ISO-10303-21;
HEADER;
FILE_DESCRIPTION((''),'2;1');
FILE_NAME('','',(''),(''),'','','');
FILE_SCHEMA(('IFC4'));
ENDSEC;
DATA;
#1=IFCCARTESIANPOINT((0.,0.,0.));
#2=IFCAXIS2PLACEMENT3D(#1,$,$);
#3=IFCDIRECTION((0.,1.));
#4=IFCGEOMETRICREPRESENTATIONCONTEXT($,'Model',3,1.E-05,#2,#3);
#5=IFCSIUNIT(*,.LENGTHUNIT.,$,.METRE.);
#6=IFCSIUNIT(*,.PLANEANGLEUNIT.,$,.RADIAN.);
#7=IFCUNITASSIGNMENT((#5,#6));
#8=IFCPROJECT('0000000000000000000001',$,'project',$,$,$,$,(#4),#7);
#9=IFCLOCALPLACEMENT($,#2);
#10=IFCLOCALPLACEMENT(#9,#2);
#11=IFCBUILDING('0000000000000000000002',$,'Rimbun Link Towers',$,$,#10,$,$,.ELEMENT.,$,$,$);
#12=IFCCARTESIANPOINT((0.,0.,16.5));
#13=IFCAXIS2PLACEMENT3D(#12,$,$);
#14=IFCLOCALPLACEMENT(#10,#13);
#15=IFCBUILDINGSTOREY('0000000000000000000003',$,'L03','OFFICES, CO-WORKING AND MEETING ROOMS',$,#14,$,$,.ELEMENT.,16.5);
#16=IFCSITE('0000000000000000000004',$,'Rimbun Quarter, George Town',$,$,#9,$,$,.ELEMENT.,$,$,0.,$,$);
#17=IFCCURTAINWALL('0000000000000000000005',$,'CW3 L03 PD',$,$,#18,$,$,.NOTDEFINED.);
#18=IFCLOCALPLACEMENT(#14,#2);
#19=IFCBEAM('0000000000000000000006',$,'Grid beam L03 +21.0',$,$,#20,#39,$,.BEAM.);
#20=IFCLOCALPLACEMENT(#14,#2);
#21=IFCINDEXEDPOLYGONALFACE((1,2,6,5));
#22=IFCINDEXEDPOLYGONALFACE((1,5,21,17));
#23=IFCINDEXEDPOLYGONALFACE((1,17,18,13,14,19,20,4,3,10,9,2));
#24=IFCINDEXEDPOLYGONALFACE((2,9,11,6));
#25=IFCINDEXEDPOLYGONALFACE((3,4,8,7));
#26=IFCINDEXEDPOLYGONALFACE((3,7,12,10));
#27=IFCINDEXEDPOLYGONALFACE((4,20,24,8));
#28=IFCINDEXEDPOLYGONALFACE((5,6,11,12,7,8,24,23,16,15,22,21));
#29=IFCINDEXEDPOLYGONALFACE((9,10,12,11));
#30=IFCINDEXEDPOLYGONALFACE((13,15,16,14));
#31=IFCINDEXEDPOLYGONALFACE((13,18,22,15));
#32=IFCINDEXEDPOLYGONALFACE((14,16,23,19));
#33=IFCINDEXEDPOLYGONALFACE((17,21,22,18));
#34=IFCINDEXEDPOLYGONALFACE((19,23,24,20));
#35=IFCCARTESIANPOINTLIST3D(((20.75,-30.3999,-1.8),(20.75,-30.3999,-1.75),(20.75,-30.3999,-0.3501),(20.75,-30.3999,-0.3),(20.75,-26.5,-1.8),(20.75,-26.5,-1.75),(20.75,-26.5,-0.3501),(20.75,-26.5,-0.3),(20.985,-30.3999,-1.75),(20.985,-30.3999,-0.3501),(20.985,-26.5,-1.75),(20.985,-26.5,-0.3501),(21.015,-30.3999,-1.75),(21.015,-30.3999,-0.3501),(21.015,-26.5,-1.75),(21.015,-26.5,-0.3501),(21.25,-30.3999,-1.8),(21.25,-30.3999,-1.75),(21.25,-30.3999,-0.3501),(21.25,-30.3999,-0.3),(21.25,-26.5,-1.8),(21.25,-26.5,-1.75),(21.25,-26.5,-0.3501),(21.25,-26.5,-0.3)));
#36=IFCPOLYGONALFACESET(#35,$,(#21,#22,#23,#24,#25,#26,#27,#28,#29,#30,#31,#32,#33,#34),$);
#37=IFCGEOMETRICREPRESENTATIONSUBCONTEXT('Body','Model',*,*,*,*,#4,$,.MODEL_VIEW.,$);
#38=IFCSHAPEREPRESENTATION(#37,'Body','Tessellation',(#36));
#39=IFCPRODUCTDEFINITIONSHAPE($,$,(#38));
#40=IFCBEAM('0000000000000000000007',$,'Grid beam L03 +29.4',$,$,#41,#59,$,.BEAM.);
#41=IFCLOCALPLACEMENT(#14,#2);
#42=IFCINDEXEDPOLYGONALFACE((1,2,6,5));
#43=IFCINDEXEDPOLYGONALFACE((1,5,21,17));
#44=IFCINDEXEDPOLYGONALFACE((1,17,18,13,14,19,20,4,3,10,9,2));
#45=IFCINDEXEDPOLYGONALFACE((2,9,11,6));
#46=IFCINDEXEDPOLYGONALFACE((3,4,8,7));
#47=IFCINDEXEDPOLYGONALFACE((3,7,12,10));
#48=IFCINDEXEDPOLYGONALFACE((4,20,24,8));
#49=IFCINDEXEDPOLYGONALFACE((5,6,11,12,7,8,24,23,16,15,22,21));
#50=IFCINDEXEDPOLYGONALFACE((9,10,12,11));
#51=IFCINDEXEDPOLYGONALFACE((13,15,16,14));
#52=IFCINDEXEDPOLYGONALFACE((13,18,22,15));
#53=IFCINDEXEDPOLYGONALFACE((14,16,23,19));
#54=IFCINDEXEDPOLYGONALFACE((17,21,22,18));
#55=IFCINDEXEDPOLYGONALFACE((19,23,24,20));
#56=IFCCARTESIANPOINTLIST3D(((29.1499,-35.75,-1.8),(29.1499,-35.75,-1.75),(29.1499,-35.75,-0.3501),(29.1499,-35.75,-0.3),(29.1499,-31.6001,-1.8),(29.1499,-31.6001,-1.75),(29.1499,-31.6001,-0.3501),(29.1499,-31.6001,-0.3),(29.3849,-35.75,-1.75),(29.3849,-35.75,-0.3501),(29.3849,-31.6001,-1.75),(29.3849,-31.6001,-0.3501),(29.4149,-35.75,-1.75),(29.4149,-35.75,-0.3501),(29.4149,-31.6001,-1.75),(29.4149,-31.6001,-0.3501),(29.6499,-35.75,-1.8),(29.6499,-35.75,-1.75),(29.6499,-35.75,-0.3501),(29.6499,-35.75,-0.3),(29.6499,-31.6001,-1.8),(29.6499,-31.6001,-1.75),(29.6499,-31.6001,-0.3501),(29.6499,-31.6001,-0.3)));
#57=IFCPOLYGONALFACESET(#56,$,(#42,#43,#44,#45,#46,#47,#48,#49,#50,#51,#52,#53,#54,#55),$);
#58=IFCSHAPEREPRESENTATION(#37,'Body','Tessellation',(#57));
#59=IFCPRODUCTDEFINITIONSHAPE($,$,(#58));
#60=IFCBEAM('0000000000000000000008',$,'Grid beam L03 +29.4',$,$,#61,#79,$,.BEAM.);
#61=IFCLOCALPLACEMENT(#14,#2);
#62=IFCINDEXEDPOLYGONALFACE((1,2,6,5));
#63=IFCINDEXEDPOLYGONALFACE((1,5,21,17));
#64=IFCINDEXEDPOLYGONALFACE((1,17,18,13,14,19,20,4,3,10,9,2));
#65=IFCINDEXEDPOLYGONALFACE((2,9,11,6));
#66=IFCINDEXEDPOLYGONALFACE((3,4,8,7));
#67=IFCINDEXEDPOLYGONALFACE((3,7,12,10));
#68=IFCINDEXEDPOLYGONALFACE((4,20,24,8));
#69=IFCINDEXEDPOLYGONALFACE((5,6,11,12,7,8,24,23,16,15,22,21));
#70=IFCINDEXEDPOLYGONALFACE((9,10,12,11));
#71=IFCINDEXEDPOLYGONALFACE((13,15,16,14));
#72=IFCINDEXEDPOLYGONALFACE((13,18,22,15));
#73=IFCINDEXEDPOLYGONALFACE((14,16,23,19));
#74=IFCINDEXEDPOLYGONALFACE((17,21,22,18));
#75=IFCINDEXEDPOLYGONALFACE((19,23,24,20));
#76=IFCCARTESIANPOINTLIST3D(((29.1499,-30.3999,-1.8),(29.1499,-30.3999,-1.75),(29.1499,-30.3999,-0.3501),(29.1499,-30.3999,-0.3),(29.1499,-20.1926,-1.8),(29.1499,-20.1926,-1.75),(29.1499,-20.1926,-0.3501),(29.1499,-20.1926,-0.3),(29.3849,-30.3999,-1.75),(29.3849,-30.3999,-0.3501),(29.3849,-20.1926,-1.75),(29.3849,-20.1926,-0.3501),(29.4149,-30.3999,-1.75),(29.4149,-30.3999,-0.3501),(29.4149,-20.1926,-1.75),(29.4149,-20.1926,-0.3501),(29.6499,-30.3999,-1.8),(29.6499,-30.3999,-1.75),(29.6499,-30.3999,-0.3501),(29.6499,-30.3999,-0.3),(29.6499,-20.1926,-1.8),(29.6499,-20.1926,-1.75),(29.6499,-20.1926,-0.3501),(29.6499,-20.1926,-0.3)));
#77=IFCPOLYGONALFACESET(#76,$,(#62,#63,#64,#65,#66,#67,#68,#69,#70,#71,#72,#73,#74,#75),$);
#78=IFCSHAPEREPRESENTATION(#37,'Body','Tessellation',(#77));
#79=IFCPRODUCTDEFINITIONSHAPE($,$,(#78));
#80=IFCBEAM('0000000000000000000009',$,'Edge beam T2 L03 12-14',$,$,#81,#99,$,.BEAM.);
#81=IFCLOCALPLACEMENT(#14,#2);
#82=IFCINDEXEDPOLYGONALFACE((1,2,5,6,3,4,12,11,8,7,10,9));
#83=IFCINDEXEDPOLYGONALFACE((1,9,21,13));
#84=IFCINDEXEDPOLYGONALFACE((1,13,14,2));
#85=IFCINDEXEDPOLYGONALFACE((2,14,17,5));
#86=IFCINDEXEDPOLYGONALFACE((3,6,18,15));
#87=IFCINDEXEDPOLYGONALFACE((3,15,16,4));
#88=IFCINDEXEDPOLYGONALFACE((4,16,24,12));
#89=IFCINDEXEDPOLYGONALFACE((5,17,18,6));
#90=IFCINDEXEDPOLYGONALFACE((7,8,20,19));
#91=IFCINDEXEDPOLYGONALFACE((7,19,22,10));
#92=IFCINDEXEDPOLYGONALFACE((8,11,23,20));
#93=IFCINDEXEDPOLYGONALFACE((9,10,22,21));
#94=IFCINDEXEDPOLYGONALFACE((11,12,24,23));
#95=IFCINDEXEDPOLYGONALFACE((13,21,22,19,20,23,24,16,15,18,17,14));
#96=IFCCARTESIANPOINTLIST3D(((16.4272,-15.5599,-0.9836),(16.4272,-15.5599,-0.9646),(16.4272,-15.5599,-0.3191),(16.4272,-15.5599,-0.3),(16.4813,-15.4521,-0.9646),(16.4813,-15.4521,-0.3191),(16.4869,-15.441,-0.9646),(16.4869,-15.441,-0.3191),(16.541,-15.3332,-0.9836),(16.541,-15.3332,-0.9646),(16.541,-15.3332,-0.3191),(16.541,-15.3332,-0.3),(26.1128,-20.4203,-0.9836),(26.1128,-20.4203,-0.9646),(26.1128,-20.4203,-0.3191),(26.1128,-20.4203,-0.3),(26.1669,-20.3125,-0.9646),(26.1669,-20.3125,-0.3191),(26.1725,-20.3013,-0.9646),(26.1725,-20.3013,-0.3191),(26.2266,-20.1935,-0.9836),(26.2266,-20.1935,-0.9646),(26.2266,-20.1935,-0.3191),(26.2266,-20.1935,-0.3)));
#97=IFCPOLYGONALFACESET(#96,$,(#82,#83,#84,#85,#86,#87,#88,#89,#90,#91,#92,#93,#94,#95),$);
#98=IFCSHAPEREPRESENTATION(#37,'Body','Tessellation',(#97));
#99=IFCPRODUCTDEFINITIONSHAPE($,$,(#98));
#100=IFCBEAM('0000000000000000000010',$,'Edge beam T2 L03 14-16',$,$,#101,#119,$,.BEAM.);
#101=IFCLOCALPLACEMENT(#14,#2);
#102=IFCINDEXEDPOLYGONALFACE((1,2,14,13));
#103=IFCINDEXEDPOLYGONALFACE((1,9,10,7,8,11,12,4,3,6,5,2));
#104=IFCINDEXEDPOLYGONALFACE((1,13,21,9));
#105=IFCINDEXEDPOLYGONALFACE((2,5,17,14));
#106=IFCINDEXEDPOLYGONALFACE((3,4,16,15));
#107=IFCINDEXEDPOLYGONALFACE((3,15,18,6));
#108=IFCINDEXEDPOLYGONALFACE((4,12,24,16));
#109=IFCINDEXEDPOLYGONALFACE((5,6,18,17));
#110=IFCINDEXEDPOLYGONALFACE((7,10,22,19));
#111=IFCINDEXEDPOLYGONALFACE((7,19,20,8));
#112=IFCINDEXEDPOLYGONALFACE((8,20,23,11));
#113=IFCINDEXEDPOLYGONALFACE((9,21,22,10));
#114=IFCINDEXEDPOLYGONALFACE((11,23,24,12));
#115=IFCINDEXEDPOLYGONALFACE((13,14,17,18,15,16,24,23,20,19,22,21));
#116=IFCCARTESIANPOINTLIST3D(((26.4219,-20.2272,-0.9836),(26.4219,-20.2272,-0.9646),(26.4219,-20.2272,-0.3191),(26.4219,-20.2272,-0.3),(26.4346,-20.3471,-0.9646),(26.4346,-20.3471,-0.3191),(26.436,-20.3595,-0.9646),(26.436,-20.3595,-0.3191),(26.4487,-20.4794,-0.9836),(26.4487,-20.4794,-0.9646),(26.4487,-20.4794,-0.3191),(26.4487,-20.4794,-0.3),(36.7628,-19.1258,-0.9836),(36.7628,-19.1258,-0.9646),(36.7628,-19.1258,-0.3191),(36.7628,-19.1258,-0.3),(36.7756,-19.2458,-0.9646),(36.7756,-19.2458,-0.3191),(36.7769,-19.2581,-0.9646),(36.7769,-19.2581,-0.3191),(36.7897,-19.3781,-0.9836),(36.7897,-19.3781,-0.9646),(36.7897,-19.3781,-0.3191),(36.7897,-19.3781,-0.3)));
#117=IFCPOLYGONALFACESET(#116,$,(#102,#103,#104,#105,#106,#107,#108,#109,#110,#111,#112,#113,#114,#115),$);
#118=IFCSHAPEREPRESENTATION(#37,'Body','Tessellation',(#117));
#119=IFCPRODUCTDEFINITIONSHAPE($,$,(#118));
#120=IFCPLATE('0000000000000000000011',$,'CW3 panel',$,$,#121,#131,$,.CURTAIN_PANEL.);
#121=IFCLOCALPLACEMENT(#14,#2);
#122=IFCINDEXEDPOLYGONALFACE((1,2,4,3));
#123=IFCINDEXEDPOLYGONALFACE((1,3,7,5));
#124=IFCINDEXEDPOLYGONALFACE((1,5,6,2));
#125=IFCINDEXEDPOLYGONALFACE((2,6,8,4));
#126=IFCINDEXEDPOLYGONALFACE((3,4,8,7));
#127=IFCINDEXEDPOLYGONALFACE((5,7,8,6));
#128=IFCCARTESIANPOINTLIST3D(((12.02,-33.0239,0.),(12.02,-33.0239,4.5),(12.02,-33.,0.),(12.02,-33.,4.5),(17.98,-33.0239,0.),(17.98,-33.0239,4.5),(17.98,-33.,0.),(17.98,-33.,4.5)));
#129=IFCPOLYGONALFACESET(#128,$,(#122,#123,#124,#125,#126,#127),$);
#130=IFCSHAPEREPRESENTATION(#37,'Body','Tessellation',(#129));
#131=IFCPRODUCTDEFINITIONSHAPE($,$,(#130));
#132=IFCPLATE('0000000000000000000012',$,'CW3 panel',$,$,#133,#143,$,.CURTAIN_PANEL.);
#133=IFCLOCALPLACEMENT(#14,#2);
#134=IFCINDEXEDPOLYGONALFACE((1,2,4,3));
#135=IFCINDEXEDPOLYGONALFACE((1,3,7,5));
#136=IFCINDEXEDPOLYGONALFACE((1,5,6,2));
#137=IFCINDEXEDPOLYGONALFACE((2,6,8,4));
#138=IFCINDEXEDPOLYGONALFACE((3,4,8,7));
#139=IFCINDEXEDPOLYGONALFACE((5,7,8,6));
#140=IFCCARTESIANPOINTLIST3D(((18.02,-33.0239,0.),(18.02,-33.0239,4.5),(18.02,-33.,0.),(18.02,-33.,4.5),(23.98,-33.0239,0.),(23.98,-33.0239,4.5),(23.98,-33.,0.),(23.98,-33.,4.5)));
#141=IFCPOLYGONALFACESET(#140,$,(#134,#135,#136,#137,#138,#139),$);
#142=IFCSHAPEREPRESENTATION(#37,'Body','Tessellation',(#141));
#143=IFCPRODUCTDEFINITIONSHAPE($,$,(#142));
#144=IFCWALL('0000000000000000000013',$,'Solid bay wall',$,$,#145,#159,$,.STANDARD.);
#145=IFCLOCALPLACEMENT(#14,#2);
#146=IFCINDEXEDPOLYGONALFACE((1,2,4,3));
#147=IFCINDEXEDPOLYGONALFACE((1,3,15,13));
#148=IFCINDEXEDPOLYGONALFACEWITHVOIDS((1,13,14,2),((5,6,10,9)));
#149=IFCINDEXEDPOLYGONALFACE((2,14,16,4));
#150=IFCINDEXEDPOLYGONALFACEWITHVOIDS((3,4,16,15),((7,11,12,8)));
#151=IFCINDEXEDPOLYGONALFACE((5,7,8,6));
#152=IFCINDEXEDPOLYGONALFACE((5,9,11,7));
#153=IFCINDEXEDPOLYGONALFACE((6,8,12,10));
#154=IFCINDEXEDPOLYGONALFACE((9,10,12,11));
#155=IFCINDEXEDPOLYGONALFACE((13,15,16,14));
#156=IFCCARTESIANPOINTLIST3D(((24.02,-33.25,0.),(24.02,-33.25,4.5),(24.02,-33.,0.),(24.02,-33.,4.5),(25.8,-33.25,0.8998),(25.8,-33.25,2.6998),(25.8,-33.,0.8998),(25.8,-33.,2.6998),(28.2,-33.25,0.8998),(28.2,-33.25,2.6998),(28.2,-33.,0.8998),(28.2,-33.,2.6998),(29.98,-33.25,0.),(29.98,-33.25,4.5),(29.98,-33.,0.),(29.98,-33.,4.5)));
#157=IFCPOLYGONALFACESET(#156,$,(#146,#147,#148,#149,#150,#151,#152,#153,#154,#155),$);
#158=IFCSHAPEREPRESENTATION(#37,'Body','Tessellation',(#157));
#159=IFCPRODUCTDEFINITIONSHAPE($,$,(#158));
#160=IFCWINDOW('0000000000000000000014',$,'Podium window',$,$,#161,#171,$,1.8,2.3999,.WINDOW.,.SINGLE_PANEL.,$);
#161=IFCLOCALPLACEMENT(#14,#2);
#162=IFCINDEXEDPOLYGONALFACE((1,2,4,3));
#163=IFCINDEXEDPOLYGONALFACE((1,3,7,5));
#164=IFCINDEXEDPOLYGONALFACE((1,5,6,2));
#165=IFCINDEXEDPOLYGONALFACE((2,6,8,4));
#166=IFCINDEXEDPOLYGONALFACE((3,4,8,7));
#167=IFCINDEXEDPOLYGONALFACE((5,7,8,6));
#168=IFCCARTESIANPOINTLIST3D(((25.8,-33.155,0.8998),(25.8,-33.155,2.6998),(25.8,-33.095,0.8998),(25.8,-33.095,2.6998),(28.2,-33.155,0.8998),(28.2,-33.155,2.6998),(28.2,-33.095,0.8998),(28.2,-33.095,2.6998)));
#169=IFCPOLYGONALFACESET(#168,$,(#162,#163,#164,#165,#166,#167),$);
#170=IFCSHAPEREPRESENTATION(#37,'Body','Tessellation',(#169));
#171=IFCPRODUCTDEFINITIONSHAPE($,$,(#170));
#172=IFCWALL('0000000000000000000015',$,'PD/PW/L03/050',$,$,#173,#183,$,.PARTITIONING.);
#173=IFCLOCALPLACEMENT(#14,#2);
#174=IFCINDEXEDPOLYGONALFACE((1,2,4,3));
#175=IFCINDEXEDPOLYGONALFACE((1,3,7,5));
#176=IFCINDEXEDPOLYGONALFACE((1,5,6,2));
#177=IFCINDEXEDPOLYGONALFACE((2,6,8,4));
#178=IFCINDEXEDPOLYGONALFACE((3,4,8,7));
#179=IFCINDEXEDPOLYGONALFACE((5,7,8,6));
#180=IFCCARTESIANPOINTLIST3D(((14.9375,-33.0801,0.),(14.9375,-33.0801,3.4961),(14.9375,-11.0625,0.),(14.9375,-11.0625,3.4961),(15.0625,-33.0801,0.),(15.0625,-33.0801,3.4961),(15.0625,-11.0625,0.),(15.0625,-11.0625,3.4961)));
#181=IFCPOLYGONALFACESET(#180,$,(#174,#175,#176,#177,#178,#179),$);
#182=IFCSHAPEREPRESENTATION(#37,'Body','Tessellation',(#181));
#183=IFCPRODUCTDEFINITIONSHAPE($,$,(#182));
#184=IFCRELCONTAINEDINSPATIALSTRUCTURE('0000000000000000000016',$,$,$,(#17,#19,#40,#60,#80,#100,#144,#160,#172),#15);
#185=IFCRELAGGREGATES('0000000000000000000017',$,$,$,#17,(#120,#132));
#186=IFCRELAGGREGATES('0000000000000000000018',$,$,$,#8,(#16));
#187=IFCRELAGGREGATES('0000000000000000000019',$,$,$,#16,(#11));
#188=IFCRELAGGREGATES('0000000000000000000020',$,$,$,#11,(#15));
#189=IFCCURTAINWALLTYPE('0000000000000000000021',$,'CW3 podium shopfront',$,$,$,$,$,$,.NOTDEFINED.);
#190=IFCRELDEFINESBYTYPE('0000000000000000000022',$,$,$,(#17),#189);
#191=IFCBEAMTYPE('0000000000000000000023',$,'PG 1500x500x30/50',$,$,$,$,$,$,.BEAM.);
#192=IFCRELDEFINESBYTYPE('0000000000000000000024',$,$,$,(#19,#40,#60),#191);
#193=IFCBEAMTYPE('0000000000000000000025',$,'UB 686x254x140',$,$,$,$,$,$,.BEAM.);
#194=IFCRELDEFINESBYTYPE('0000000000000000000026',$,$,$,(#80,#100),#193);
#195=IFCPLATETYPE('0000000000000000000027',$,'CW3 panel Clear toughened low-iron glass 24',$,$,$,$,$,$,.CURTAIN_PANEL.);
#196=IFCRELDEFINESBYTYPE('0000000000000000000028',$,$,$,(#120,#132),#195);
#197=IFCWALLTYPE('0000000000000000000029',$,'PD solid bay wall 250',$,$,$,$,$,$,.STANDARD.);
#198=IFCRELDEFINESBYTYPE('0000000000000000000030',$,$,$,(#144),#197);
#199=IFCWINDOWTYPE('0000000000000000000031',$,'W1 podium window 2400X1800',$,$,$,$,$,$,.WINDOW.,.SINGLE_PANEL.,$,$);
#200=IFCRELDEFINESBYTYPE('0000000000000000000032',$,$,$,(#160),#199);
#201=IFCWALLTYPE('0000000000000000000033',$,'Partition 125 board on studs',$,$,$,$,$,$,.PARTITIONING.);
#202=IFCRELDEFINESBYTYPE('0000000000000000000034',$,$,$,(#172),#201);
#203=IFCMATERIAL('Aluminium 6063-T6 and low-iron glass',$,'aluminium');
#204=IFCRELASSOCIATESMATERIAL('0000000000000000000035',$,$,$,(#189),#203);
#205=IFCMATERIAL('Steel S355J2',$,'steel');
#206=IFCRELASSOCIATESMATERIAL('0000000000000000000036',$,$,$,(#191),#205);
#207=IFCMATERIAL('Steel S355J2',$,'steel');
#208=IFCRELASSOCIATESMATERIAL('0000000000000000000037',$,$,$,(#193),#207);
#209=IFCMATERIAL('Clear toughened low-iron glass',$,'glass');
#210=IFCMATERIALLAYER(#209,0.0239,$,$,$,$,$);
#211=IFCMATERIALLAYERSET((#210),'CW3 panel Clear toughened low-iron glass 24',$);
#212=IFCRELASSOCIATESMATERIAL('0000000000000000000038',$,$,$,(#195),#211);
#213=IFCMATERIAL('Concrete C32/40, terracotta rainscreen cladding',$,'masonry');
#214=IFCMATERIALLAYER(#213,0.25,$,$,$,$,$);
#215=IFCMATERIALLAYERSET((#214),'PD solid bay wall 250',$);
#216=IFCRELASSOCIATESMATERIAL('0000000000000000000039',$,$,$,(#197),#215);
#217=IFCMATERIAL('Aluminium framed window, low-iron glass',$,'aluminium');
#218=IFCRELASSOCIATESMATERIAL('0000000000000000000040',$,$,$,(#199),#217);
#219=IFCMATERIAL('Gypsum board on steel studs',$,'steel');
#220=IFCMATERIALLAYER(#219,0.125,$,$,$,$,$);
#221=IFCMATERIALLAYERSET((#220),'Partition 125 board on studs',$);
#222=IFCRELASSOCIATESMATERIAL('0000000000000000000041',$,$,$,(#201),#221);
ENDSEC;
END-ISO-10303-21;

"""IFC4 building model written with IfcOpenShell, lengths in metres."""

from ifc_helpers import new_model, si_unit, direction, frame, frame_2d, origin, origin_2d, place, context, subcontext, project, spatial, rectangle, i_section, extrude, material, layer, layer_set, material_profile, profile_set, type_object, element, fill, aggregate, save


model = new_model("IFC4")

# Units and contexts
model_context = context("Model", 3, precision=1e-05, world=origin(), true_north=direction((0.0, 1.0)))
body_context = subcontext(model_context, "Body", "Model", "MODEL_VIEW")
ifc_project = project(units=[si_unit("LENGTHUNIT", "METRE"), si_unit("PLANEANGLEUNIT", "RADIAN")], contexts=[model_context])

# Site, building, storey
site_placement = place(None, origin())
site = spatial("IfcSite", under=ifc_project, at=site_placement, Name="Rimbun Quarter, George Town", CompositionType="ELEMENT", RefElevation=0.0)
building_placement = place(site_placement, origin())
building = spatial("IfcBuilding", under=site, at=building_placement, Name="Rimbun Link Towers", CompositionType="ELEMENT")
storey_placement = place(building_placement, frame((0.0, 0.0, 16.5)))
storey = spatial("IfcBuildingStorey", under=building, at=storey_placement, Name="L03", Description="OFFICES, CO-WORKING AND MEETING ROOMS", CompositionType="ELEMENT", Elevation=16.5)

# Curtain wall
ifc_material_1 = material(Name="Aluminium 6063-T6 and low-iron glass", Category="aluminium")
curtain_wall_type = type_object("IfcCurtainWallType", Name="CW3 podium shopfront", PredefinedType="NOTDEFINED", material=ifc_material_1)
curtain_wall_placement = place(storey_placement, origin())
curtain_wall = element("IfcCurtainWall", 1, at=curtain_wall_placement, inside=storey, type_object=curtain_wall_type, Name="CW3 L03 PD", PredefinedType="NOTDEFINED")

# Beams
ifc_material_2 = material(Name="Steel S355J2", Category="steel")
ifc_material_profile_1 = material_profile(ifc_material_2, i_section(OverallWidth=0.5, OverallDepth=1.5, WebThickness=0.03, FlangeThickness=0.05, at=origin_2d()), Name="PG 1500x500x30/50")
ifc_profile_set_1 = profile_set([ifc_material_profile_1], Name="Steel S355J2")
beam_type_1 = type_object("IfcBeamType", Name="PG 1500x500x30/50", PredefinedType="BEAM", material=ifc_profile_set_1)
beam_1_placement = place(storey_placement, frame((21.0, -30.3999, -1.05), z_axis=(0.0, 1.0, 0.0), x_axis=(-1.0, 0.0, 0.0)))
element("IfcBeam", 2, at=beam_1_placement, inside=storey, type_object=beam_type_1, Name="Grid beam L03 +21.0", PredefinedType="BEAM", context=body_context, shape_type="SweptSolid", body=[
    extrude(i_section(OverallWidth=0.5, OverallDepth=1.5, WebThickness=0.03, FlangeThickness=0.05, at=origin_2d()), origin(), (0.0, 0.0, 1.0), 3.8999),
])
beam_2_placement = place(storey_placement, frame((29.3999, -35.75, -1.05), z_axis=(0.0, 1.0, 0.0), x_axis=(-1.0, 0.0, 0.0)))
element("IfcBeam", 3, at=beam_2_placement, inside=storey, type_object=beam_type_1, Name="Grid beam L03 +29.4", PredefinedType="BEAM", context=body_context, shape_type="SweptSolid", body=[
    extrude(i_section(OverallWidth=0.5, OverallDepth=1.5, WebThickness=0.03, FlangeThickness=0.05, at=origin_2d()), origin(), (0.0, 0.0, 1.0), 4.1499),
])
beam_3_placement = place(storey_placement, frame((29.3999, -30.3999, -1.05), z_axis=(0.0, 1.0, 0.0), x_axis=(-1.0, 0.0, 0.0)))
element("IfcBeam", 4, at=beam_3_placement, inside=storey, type_object=beam_type_1, Name="Grid beam L03 +29.4", PredefinedType="BEAM", context=body_context, shape_type="SweptSolid", body=[
    extrude(i_section(OverallWidth=0.5, OverallDepth=1.5, WebThickness=0.03, FlangeThickness=0.05, at=origin_2d()), origin(), (0.0, 0.0, 1.0), 10.2073),
])
ifc_material_3 = material(Name="Steel S355J2", Category="steel")
ifc_material_profile_2 = material_profile(ifc_material_3, i_section(OverallWidth=0.2537, OverallDepth=0.6836, WebThickness=0.0125, FlangeThickness=0.019, at=origin_2d()), Name="UB 686x254x140")
ifc_profile_set_2 = profile_set([ifc_material_profile_2], Name="Steel S355J2")
beam_type_2 = type_object("IfcBeamType", Name="UB 686x254x140", PredefinedType="BEAM", material=ifc_profile_set_2)
beam_4_placement = place(storey_placement, frame((16.4841, -15.4465, -0.6418), z_axis=(0.893777, -0.448511, 0.0), x_axis=(0.448511, 0.893777, 0.0)))
element("IfcBeam", 5, at=beam_4_placement, inside=storey, type_object=beam_type_2, Name="Edge beam T2 L03 12-14", PredefinedType="BEAM", context=body_context, shape_type="SweptSolid", body=[
    extrude(i_section(OverallWidth=0.2537, OverallDepth=0.6836, WebThickness=0.0125, FlangeThickness=0.019, at=origin_2d()), origin(), (0.0, 0.0, 1.0), 10.8367),
])
beam_5_placement = place(storey_placement, frame((26.4353, -20.3533, -0.6418), z_axis=(0.994376, 0.105903, 0.0), x_axis=(-0.105903, 0.994376, 0.0)))
element("IfcBeam", 6, at=beam_5_placement, inside=storey, type_object=beam_type_2, Name="Edge beam T2 L03 14-16", PredefinedType="BEAM", context=body_context, shape_type="SweptSolid", body=[
    extrude(i_section(OverallWidth=0.2537, OverallDepth=0.6836, WebThickness=0.0125, FlangeThickness=0.019, at=origin_2d()), origin(), (0.0, 0.0, 1.0), 10.3994),
])

# Plates
ifc_material_4 = material(Name="Clear toughened low-iron glass", Category="glass")
ifc_layer_1 = layer(ifc_material_4, 0.0239)
ifc_layer_set_1 = layer_set([ifc_layer_1], Name="CW3 panel Clear toughened low-iron glass 24")
plate_type = type_object("IfcPlateType", Name="CW3 panel Clear toughened low-iron glass 24", PredefinedType="CURTAIN_PANEL", material=ifc_layer_set_1)
plate_1_placement = place(storey_placement, frame((15.0, -33.012, 0.0), z_axis=(0.0, 0.0, 1.0), x_axis=(-1.0, 0.0, 0.0)))
plate_1 = element("IfcPlate", 7, at=plate_1_placement, type_object=plate_type, Name="CW3 panel", PredefinedType="CURTAIN_PANEL", context=body_context, shape_type="SweptSolid", body=[
    extrude(rectangle(XDim=5.96, YDim=0.0239, at=origin_2d()), origin(), (0.0, 0.0, 1.0), 4.5),
])
plate_2_placement = place(storey_placement, frame((21.0, -33.012, 0.0), z_axis=(0.0, 0.0, 1.0), x_axis=(-1.0, 0.0, 0.0)))
plate_2 = element("IfcPlate", 8, at=plate_2_placement, type_object=plate_type, Name="CW3 panel", PredefinedType="CURTAIN_PANEL", context=body_context, shape_type="SweptSolid", body=[
    extrude(rectangle(XDim=5.96, YDim=0.0239, at=origin_2d()), origin(), (0.0, 0.0, 1.0), 4.5),
])
aggregate(curtain_wall, [plate_1, plate_2])

# Wall, opening, window
ifc_material_5 = material(Name="Concrete C32/40, terracotta rainscreen cladding", Category="masonry")
ifc_layer_2 = layer(ifc_material_5, 0.25)
ifc_layer_set_2 = layer_set([ifc_layer_2], Name="PD solid bay wall 250")
wall_type_1 = type_object("IfcWallType", Name="PD solid bay wall 250", PredefinedType="STANDARD", material=ifc_layer_set_2)
wall_placement = place(storey_placement, frame((29.98, -33.125, 0.0), z_axis=(0.0, 0.0, 1.0), x_axis=(-1.0, 0.0, 0.0)))
wall = element("IfcWall", 9, at=wall_placement, inside=storey, type_object=wall_type_1, Name="Solid bay wall", PredefinedType="STANDARD", context=body_context, shape_type="SweptSolid", body=[
    extrude(rectangle(XDim=5.96, YDim=0.25, at=frame_2d((2.98, 0.0))), origin(), (0.0, 0.0, 1.0), 4.5),
])
opening_placement = place(wall_placement, frame((1.78, 0.0, 0.8999)))
opening = element("IfcOpeningElement", 10, at=opening_placement, cuts=wall, PredefinedType="OPENING", context=body_context, shape_type="SweptSolid", body=[
    extrude(rectangle(XDim=2.3999, YDim=1.8, at=frame_2d((1.2, 0.8999))), frame((0.0, 0.135, 0.0), z_axis=(0.0, -1.0, 0.0), x_axis=(1.0, 0.0, 0.0)), (0.0, 0.0, 1.0), 0.27),
])
ifc_material_6 = material(Name="Aluminium framed window, low-iron glass", Category="aluminium")
window_type = type_object("IfcWindowType", Name="W1 podium window 2400X1800", PartitioningType="SINGLE_PANEL", PredefinedType="WINDOW", material=ifc_material_6)
window_placement = place(opening_placement, origin())
window = element("IfcWindow", 11, at=window_placement, inside=storey, type_object=window_type, Name="Podium window", OverallHeight=1.8, OverallWidth=2.3999, PartitioningType="SINGLE_PANEL", PredefinedType="WINDOW", context=body_context, shape_type="SweptSolid", body=[
    extrude(rectangle(XDim=2.3999, YDim=1.8, at=frame_2d((1.2, 0.8999))), frame((0.0, 0.03, 0.0), z_axis=(0.0, -1.0, 0.0), x_axis=(1.0, 0.0, 0.0)), (0.0, 0.0, 1.0), 0.0601),
])
fill(opening, window)

# Wall
ifc_material_7 = material(Name="Gypsum board on steel studs", Category="steel")
ifc_layer_3 = layer(ifc_material_7, 0.125)
ifc_layer_set_3 = layer_set([ifc_layer_3], Name="Partition 125 board on studs")
wall_type_2 = type_object("IfcWallType", Name="Partition 125 board on studs", PredefinedType="PARTITIONING", material=ifc_layer_set_3)
for number, where, z_axis, x_axis, name in (
    (12, (15.0, -33.0801, 0.0), (0.0, 0.0, 1.0), (0.0, 1.0, 0.0), "PD/PW/L03/050"),
):
    element("IfcWall", number, at=place(storey_placement, frame(where, z_axis=z_axis, x_axis=x_axis)), inside=storey, type_object=wall_type_2, Name=name, PredefinedType="PARTITIONING", context=body_context, shape_type="SweptSolid", body=[
        extrude(rectangle(XDim=22.0176, YDim=0.125, at=frame_2d((11.0088, 0.0))), origin(), (0.0, 0.0, 1.0), 3.4961),
    ])

save(model, "model.ifc")
